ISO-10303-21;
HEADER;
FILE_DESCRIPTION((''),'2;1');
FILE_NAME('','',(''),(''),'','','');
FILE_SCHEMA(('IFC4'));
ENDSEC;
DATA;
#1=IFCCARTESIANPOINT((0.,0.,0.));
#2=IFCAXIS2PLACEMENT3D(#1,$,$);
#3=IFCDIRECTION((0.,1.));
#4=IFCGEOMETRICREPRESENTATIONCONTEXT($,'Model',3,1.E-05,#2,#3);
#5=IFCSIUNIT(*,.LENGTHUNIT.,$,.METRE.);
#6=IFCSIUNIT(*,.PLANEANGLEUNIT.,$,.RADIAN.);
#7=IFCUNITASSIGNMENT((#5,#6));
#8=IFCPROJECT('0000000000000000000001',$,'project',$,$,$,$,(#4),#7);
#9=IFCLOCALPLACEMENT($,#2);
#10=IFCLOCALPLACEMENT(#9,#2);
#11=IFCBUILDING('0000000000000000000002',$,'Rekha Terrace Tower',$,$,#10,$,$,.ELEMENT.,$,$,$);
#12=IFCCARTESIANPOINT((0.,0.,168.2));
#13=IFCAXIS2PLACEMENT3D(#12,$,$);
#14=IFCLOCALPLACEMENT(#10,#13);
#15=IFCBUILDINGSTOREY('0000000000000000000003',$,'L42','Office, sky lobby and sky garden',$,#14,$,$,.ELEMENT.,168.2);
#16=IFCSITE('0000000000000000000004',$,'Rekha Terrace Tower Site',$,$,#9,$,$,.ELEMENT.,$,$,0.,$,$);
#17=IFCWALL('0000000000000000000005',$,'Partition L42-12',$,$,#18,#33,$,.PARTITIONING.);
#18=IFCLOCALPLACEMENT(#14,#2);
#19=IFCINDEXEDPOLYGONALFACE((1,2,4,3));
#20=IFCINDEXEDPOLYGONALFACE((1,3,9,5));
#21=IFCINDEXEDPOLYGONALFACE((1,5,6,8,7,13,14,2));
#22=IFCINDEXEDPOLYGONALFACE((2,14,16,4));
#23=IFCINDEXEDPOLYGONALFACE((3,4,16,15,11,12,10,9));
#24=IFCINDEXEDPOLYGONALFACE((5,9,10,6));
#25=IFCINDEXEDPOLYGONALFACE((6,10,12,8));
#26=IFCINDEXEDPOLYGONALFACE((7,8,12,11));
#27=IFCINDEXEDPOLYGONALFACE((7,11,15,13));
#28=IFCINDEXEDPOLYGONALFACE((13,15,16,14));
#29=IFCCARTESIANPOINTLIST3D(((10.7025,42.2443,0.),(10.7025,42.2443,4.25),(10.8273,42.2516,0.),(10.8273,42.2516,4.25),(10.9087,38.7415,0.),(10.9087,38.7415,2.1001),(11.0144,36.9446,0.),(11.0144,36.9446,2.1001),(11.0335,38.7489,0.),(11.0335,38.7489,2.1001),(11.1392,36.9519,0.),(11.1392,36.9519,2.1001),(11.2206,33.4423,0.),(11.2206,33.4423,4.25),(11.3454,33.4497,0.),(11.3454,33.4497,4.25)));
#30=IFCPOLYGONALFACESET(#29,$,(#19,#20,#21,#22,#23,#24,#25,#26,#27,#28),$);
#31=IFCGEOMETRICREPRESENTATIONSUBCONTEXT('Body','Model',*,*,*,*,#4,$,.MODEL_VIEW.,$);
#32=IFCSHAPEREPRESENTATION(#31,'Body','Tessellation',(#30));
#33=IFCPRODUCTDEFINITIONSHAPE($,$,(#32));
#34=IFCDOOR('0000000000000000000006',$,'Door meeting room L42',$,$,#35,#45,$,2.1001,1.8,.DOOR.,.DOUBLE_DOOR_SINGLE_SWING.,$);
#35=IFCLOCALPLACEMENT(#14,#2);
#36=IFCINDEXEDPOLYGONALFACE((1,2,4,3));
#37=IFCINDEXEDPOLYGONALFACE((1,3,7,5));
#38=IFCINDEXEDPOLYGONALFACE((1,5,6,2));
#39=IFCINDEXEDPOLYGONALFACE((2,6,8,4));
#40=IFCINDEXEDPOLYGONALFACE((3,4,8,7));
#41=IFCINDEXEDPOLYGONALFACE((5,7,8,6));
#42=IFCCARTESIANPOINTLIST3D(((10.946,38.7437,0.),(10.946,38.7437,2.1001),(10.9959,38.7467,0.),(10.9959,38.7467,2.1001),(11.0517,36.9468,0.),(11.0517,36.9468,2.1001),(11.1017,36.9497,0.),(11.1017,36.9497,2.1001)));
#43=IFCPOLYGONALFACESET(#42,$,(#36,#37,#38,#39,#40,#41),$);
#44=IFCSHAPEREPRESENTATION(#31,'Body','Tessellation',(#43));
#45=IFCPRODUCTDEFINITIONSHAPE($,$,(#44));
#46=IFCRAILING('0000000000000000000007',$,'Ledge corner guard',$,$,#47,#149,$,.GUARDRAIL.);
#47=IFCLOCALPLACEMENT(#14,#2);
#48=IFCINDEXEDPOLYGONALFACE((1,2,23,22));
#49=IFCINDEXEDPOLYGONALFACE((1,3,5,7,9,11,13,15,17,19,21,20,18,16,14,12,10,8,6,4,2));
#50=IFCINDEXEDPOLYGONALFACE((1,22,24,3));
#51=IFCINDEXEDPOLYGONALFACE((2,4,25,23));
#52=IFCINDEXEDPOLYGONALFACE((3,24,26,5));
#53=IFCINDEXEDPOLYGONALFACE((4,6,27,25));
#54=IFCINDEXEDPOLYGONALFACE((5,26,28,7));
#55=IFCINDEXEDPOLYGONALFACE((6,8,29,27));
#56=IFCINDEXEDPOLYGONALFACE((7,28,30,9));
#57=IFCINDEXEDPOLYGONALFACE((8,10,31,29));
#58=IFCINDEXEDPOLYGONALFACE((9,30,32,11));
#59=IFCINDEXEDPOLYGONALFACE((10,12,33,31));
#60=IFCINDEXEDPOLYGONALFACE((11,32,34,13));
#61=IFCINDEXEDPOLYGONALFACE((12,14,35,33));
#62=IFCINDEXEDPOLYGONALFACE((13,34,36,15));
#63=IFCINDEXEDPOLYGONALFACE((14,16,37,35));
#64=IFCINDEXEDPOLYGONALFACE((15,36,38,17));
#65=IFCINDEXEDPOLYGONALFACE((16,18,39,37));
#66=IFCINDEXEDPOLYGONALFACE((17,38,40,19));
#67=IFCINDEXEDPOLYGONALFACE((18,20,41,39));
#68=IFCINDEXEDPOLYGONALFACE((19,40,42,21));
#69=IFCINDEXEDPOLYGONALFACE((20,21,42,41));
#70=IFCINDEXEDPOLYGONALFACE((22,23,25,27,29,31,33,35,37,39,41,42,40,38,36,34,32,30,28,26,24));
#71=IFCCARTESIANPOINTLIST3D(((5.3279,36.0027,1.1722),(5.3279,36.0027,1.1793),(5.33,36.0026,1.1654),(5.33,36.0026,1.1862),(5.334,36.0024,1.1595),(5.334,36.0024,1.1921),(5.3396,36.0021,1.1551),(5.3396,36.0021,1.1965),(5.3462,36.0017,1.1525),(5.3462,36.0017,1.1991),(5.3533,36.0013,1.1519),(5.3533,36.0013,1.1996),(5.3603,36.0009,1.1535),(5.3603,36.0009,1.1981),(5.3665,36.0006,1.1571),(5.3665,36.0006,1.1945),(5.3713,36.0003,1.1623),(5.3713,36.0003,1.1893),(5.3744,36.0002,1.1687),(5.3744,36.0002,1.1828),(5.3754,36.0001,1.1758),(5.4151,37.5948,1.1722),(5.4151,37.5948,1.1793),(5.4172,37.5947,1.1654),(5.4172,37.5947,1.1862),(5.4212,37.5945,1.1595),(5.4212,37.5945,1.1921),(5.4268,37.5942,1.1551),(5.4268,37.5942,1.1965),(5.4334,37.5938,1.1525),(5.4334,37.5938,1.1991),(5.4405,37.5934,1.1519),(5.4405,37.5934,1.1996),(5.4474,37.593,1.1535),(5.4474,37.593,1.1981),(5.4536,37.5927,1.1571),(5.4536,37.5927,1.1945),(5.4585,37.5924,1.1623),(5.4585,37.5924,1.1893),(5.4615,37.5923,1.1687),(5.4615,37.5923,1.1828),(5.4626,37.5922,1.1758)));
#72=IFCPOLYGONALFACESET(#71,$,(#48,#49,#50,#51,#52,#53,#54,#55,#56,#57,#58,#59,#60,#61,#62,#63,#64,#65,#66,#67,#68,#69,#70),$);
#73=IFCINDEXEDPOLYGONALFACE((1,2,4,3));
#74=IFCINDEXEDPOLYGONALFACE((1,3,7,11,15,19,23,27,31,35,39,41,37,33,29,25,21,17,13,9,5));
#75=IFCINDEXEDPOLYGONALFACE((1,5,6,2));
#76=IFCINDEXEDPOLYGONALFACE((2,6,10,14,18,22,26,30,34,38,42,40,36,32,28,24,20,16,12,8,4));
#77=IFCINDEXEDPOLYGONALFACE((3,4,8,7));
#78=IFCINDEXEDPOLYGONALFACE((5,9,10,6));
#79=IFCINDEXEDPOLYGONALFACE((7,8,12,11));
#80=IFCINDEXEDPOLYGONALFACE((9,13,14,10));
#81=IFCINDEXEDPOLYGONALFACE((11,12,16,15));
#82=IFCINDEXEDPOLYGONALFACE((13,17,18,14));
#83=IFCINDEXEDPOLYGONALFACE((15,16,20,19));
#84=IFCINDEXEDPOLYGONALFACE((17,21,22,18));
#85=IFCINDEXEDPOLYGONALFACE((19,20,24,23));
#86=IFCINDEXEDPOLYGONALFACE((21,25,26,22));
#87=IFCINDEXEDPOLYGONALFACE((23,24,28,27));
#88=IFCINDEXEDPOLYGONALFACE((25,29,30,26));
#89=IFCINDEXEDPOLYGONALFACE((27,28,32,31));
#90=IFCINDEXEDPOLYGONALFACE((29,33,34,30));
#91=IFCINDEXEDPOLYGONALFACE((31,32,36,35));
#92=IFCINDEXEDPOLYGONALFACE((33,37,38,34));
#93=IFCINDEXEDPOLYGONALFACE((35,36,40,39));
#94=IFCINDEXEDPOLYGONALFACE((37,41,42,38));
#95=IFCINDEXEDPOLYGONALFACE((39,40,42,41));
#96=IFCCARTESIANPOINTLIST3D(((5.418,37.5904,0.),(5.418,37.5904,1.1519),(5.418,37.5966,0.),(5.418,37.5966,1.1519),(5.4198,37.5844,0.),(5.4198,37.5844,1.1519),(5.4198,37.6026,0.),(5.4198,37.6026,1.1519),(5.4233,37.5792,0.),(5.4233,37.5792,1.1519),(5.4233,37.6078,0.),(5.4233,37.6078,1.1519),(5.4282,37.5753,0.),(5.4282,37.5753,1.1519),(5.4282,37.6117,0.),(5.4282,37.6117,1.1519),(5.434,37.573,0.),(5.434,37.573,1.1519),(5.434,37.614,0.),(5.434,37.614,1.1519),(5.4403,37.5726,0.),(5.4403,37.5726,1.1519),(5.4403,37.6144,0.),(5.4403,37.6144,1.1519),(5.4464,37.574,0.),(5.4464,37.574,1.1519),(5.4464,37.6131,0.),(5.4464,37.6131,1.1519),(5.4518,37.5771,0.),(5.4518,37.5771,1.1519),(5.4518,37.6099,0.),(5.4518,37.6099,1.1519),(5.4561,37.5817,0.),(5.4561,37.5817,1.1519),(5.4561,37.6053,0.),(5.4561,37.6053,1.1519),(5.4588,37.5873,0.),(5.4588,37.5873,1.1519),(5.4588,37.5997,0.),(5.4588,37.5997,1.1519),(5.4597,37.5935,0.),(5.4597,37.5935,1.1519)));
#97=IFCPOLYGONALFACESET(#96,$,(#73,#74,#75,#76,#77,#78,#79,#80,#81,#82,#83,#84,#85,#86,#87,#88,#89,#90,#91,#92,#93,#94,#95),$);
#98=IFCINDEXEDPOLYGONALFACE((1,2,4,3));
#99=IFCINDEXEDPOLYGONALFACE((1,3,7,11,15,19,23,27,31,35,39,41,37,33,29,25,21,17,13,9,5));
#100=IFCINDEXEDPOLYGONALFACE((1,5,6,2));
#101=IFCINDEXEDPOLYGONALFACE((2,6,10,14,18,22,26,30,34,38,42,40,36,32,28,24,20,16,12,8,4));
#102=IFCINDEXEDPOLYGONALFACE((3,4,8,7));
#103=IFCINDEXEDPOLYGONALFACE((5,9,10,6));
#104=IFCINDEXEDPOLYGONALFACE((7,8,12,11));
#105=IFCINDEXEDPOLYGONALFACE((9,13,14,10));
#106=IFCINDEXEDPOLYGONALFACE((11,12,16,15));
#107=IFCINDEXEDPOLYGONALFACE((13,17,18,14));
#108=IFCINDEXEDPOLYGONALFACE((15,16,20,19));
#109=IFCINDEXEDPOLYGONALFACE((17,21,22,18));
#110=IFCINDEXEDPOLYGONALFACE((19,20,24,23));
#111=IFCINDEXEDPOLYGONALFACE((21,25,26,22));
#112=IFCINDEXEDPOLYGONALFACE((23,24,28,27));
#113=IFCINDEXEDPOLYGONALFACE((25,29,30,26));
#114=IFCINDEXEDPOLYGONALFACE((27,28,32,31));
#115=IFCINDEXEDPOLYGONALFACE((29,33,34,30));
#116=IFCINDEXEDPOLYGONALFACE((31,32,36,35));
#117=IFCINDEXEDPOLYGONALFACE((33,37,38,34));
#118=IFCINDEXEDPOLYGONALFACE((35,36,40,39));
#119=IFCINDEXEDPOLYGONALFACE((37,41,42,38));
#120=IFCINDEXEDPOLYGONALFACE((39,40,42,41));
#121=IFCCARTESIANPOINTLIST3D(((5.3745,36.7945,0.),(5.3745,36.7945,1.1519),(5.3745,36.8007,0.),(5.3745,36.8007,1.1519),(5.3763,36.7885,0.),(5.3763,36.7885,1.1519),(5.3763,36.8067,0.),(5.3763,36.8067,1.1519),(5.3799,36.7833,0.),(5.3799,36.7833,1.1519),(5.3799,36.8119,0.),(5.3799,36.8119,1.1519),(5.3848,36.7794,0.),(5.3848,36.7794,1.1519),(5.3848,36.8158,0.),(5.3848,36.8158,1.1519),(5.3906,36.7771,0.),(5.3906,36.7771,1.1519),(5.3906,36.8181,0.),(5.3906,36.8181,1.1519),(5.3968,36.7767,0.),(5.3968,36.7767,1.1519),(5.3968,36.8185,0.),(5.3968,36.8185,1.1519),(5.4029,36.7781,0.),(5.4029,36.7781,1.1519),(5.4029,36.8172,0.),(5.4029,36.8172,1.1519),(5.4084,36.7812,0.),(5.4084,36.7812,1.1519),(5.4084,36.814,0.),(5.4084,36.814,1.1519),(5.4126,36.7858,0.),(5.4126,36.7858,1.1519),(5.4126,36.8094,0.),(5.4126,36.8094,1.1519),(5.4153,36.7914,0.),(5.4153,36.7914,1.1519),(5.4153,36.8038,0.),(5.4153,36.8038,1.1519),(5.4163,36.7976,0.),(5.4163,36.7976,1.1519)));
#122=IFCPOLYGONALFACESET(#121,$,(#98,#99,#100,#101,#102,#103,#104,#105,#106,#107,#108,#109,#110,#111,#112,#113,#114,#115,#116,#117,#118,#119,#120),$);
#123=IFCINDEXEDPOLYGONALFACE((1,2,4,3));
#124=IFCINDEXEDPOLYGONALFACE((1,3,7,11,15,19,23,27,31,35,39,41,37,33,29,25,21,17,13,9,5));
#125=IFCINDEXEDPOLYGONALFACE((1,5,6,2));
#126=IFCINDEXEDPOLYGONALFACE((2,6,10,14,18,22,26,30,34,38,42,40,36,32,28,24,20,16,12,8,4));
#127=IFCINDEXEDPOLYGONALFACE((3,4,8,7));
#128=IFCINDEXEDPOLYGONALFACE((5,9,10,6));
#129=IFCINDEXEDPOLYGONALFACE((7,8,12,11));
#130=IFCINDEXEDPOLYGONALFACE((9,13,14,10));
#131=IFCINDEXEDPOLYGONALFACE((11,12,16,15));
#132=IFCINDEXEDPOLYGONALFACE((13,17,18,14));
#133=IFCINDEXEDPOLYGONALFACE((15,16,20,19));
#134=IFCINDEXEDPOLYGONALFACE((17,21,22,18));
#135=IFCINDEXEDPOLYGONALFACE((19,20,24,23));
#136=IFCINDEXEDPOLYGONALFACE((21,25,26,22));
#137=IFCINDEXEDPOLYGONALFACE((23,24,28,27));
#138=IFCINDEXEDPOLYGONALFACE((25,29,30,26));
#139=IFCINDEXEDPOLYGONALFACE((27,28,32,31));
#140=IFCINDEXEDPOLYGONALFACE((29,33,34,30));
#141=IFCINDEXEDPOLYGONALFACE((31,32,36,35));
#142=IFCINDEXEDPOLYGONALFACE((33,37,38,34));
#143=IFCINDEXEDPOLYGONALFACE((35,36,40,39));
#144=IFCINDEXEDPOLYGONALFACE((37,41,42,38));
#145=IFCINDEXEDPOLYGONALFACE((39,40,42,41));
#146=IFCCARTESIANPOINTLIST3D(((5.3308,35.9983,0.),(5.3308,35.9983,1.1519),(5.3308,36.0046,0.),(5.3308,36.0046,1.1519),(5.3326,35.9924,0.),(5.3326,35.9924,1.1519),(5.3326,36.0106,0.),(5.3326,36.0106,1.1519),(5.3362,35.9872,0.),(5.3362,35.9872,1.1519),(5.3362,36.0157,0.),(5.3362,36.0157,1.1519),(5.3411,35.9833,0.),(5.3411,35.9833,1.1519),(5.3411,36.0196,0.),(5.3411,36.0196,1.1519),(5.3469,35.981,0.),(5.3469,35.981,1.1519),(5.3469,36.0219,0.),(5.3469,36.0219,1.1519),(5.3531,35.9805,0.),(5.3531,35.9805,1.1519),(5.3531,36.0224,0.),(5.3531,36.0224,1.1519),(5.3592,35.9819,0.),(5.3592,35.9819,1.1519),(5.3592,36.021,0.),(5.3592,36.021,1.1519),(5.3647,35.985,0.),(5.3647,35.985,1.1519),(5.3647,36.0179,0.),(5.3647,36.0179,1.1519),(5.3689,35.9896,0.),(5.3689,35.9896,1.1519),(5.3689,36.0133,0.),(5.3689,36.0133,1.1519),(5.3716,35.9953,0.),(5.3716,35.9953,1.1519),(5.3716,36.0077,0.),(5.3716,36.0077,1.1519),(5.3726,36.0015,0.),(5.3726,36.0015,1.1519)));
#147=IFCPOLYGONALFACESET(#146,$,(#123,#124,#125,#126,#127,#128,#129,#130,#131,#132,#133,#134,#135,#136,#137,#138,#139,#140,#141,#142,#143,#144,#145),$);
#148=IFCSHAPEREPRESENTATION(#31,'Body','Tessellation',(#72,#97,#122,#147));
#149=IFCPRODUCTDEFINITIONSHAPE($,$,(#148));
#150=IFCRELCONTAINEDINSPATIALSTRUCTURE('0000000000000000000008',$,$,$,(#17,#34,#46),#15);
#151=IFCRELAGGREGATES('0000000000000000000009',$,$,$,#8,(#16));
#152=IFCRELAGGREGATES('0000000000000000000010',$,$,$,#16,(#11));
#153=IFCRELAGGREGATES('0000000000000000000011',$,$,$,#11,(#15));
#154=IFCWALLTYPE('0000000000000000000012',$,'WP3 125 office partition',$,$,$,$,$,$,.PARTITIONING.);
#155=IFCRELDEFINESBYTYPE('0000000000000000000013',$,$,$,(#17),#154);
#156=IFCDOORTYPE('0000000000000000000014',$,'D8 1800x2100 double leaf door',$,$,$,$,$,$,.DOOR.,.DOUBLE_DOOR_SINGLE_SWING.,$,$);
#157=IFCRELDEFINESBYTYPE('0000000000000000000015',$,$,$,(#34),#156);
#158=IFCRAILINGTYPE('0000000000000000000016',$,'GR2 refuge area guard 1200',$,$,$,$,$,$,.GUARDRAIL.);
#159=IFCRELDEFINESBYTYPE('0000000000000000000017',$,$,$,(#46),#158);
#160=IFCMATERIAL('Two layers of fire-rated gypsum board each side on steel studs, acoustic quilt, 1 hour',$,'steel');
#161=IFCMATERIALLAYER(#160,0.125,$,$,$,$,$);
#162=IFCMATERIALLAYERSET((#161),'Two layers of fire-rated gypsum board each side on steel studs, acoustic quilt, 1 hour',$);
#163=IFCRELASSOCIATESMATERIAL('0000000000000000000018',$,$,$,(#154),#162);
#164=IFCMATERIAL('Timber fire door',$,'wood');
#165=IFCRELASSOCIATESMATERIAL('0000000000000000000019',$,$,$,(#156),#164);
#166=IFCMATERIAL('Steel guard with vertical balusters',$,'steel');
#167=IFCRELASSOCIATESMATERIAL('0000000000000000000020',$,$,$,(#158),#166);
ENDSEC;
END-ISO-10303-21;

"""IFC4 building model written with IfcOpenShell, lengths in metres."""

from ifc_helpers import new_model, si_unit, direction, frame, frame_2d, origin, origin_2d, place, context, subcontext, project, spatial, rectangle, circle, extrude, material, layer, layer_set, type_object, element, fill, save


model = new_model("IFC4")

# Units and contexts
model_context = context("Model", 3, precision=1e-05, world=origin(), true_north=direction((0.0, 1.0)))
body_context = subcontext(model_context, "Body", "Model", "MODEL_VIEW")
ifc_project = project(units=[si_unit("LENGTHUNIT", "METRE"), si_unit("PLANEANGLEUNIT", "RADIAN")], contexts=[model_context])

# Site, building, storey
site_placement = place(None, origin())
site = spatial("IfcSite", under=ifc_project, at=site_placement, Name="Rekha Terrace Tower Site", CompositionType="ELEMENT", RefElevation=0.0)
building_placement = place(site_placement, origin())
building = spatial("IfcBuilding", under=site, at=building_placement, Name="Rekha Terrace Tower", CompositionType="ELEMENT")
storey_placement = place(building_placement, frame((0.0, 0.0, 168.2)))
storey = spatial("IfcBuildingStorey", under=building, at=storey_placement, Name="L42", Description="Office, sky lobby and sky garden", CompositionType="ELEMENT", Elevation=168.2)

# Shared definitions
ifc_material_1 = material(Name="Two layers of fire-rated gypsum board each side on steel studs, acoustic quilt, 1 hour", Category="steel")
ifc_layer_1 = layer(ifc_material_1, 0.125)
ifc_layer_set_1 = layer_set([ifc_layer_1], Name="Two layers of fire-rated gypsum board each side on steel studs, acoustic quilt, 1 hour")
wall_type_1 = type_object("IfcWallType", Name="WP3 125 office partition", PredefinedType="PARTITIONING", material=ifc_layer_set_1)

# Wall, opening, door
wall_1_placement = place(storey_placement, frame((10.7649, 42.248, 0.0), z_axis=(0.0, 0.0, 1.0), x_axis=(0.058756, -0.998272, 0.0)))
wall_1 = element("IfcWall", 1, at=wall_1_placement, inside=storey, type_object=wall_type_1, Name="Partition L42-12", PredefinedType="PARTITIONING", context=body_context, shape_type="SweptSolid", body=[
    extrude(rectangle(XDim=8.8171, YDim=0.125, at=frame_2d((4.4087, 0.0))), origin(), (0.0, 0.0, 1.0), 4.25),
])
opening_placement = place(wall_1_placement, frame((3.509, 0.0, 0.0)))
opening = element("IfcOpeningElement", 2, at=opening_placement, cuts=wall_1, PredefinedType="OPENING", context=body_context, shape_type="SweptSolid", body=[
    extrude(rectangle(XDim=1.8, YDim=2.1001, at=frame_2d((0.8999, 1.05))), frame((0.0, 0.0725, 0.0), z_axis=(0.0, -1.0, 0.0), x_axis=(1.0, 0.0, 0.0)), (0.0, 0.0, 1.0), 0.145),
])
ifc_material_2 = material(Name="Timber fire door", Category="wood")
door_type = type_object("IfcDoorType", Name="D8 1800x2100 double leaf door", OperationType="DOUBLE_DOOR_SINGLE_SWING", PredefinedType="DOOR", material=ifc_material_2)
door_placement = place(opening_placement, origin())
door = element("IfcDoor", 3, at=door_placement, inside=storey, type_object=door_type, Name="Door meeting room L42", OperationType="DOUBLE_DOOR_SINGLE_SWING", OverallHeight=2.1001, OverallWidth=1.8, PredefinedType="DOOR", context=body_context, shape_type="SweptSolid", body=[
    extrude(rectangle(XDim=1.8, YDim=2.1001, at=frame_2d((0.8999, 1.05))), frame((0.0, 0.0249, 0.0), z_axis=(0.0, -1.0, 0.0), x_axis=(1.0, 0.0, 0.0)), (0.0, 0.0, 1.0), 0.05),
])
fill(opening, door)

# Railing
ifc_material_3 = material(Name="Steel guard with vertical balusters", Category="steel")
railing_type = type_object("IfcRailingType", Name="GR2 refuge area guard 1200", PredefinedType="GUARDRAIL", material=ifc_material_3)
railing_placement = place(storey_placement, frame((5.4387, 37.5935, 0.0)))
element("IfcRailing", 4, at=railing_placement, inside=storey, type_object=railing_type, Name="Ledge corner guard", PredefinedType="GUARDRAIL", context=body_context, shape_type="SweptSolid", body=[
    extrude(circle(Radius=0.0239, at=origin_2d()), frame((0.0, 0.0, 1.1758), z_axis=(-0.054664, -0.998505, 0.0), x_axis=(0.998505, -0.054664, 0.0)), (0.0, 0.0, 1.0), 1.5945),
    extrude(circle(Radius=0.021, at=origin_2d()), origin(), (0.0, 0.0, 1.0), 1.1519),
    extrude(circle(Radius=0.021, at=origin_2d()), frame((-0.0435, -0.7959, 0.0)), (0.0, 0.0, 1.0), 1.1519),
    extrude(circle(Radius=0.021, at=origin_2d()), frame((-0.0872, -1.592, 0.0)), (0.0, 0.0, 1.0), 1.1519),
])

save(model, "model.ifc")
